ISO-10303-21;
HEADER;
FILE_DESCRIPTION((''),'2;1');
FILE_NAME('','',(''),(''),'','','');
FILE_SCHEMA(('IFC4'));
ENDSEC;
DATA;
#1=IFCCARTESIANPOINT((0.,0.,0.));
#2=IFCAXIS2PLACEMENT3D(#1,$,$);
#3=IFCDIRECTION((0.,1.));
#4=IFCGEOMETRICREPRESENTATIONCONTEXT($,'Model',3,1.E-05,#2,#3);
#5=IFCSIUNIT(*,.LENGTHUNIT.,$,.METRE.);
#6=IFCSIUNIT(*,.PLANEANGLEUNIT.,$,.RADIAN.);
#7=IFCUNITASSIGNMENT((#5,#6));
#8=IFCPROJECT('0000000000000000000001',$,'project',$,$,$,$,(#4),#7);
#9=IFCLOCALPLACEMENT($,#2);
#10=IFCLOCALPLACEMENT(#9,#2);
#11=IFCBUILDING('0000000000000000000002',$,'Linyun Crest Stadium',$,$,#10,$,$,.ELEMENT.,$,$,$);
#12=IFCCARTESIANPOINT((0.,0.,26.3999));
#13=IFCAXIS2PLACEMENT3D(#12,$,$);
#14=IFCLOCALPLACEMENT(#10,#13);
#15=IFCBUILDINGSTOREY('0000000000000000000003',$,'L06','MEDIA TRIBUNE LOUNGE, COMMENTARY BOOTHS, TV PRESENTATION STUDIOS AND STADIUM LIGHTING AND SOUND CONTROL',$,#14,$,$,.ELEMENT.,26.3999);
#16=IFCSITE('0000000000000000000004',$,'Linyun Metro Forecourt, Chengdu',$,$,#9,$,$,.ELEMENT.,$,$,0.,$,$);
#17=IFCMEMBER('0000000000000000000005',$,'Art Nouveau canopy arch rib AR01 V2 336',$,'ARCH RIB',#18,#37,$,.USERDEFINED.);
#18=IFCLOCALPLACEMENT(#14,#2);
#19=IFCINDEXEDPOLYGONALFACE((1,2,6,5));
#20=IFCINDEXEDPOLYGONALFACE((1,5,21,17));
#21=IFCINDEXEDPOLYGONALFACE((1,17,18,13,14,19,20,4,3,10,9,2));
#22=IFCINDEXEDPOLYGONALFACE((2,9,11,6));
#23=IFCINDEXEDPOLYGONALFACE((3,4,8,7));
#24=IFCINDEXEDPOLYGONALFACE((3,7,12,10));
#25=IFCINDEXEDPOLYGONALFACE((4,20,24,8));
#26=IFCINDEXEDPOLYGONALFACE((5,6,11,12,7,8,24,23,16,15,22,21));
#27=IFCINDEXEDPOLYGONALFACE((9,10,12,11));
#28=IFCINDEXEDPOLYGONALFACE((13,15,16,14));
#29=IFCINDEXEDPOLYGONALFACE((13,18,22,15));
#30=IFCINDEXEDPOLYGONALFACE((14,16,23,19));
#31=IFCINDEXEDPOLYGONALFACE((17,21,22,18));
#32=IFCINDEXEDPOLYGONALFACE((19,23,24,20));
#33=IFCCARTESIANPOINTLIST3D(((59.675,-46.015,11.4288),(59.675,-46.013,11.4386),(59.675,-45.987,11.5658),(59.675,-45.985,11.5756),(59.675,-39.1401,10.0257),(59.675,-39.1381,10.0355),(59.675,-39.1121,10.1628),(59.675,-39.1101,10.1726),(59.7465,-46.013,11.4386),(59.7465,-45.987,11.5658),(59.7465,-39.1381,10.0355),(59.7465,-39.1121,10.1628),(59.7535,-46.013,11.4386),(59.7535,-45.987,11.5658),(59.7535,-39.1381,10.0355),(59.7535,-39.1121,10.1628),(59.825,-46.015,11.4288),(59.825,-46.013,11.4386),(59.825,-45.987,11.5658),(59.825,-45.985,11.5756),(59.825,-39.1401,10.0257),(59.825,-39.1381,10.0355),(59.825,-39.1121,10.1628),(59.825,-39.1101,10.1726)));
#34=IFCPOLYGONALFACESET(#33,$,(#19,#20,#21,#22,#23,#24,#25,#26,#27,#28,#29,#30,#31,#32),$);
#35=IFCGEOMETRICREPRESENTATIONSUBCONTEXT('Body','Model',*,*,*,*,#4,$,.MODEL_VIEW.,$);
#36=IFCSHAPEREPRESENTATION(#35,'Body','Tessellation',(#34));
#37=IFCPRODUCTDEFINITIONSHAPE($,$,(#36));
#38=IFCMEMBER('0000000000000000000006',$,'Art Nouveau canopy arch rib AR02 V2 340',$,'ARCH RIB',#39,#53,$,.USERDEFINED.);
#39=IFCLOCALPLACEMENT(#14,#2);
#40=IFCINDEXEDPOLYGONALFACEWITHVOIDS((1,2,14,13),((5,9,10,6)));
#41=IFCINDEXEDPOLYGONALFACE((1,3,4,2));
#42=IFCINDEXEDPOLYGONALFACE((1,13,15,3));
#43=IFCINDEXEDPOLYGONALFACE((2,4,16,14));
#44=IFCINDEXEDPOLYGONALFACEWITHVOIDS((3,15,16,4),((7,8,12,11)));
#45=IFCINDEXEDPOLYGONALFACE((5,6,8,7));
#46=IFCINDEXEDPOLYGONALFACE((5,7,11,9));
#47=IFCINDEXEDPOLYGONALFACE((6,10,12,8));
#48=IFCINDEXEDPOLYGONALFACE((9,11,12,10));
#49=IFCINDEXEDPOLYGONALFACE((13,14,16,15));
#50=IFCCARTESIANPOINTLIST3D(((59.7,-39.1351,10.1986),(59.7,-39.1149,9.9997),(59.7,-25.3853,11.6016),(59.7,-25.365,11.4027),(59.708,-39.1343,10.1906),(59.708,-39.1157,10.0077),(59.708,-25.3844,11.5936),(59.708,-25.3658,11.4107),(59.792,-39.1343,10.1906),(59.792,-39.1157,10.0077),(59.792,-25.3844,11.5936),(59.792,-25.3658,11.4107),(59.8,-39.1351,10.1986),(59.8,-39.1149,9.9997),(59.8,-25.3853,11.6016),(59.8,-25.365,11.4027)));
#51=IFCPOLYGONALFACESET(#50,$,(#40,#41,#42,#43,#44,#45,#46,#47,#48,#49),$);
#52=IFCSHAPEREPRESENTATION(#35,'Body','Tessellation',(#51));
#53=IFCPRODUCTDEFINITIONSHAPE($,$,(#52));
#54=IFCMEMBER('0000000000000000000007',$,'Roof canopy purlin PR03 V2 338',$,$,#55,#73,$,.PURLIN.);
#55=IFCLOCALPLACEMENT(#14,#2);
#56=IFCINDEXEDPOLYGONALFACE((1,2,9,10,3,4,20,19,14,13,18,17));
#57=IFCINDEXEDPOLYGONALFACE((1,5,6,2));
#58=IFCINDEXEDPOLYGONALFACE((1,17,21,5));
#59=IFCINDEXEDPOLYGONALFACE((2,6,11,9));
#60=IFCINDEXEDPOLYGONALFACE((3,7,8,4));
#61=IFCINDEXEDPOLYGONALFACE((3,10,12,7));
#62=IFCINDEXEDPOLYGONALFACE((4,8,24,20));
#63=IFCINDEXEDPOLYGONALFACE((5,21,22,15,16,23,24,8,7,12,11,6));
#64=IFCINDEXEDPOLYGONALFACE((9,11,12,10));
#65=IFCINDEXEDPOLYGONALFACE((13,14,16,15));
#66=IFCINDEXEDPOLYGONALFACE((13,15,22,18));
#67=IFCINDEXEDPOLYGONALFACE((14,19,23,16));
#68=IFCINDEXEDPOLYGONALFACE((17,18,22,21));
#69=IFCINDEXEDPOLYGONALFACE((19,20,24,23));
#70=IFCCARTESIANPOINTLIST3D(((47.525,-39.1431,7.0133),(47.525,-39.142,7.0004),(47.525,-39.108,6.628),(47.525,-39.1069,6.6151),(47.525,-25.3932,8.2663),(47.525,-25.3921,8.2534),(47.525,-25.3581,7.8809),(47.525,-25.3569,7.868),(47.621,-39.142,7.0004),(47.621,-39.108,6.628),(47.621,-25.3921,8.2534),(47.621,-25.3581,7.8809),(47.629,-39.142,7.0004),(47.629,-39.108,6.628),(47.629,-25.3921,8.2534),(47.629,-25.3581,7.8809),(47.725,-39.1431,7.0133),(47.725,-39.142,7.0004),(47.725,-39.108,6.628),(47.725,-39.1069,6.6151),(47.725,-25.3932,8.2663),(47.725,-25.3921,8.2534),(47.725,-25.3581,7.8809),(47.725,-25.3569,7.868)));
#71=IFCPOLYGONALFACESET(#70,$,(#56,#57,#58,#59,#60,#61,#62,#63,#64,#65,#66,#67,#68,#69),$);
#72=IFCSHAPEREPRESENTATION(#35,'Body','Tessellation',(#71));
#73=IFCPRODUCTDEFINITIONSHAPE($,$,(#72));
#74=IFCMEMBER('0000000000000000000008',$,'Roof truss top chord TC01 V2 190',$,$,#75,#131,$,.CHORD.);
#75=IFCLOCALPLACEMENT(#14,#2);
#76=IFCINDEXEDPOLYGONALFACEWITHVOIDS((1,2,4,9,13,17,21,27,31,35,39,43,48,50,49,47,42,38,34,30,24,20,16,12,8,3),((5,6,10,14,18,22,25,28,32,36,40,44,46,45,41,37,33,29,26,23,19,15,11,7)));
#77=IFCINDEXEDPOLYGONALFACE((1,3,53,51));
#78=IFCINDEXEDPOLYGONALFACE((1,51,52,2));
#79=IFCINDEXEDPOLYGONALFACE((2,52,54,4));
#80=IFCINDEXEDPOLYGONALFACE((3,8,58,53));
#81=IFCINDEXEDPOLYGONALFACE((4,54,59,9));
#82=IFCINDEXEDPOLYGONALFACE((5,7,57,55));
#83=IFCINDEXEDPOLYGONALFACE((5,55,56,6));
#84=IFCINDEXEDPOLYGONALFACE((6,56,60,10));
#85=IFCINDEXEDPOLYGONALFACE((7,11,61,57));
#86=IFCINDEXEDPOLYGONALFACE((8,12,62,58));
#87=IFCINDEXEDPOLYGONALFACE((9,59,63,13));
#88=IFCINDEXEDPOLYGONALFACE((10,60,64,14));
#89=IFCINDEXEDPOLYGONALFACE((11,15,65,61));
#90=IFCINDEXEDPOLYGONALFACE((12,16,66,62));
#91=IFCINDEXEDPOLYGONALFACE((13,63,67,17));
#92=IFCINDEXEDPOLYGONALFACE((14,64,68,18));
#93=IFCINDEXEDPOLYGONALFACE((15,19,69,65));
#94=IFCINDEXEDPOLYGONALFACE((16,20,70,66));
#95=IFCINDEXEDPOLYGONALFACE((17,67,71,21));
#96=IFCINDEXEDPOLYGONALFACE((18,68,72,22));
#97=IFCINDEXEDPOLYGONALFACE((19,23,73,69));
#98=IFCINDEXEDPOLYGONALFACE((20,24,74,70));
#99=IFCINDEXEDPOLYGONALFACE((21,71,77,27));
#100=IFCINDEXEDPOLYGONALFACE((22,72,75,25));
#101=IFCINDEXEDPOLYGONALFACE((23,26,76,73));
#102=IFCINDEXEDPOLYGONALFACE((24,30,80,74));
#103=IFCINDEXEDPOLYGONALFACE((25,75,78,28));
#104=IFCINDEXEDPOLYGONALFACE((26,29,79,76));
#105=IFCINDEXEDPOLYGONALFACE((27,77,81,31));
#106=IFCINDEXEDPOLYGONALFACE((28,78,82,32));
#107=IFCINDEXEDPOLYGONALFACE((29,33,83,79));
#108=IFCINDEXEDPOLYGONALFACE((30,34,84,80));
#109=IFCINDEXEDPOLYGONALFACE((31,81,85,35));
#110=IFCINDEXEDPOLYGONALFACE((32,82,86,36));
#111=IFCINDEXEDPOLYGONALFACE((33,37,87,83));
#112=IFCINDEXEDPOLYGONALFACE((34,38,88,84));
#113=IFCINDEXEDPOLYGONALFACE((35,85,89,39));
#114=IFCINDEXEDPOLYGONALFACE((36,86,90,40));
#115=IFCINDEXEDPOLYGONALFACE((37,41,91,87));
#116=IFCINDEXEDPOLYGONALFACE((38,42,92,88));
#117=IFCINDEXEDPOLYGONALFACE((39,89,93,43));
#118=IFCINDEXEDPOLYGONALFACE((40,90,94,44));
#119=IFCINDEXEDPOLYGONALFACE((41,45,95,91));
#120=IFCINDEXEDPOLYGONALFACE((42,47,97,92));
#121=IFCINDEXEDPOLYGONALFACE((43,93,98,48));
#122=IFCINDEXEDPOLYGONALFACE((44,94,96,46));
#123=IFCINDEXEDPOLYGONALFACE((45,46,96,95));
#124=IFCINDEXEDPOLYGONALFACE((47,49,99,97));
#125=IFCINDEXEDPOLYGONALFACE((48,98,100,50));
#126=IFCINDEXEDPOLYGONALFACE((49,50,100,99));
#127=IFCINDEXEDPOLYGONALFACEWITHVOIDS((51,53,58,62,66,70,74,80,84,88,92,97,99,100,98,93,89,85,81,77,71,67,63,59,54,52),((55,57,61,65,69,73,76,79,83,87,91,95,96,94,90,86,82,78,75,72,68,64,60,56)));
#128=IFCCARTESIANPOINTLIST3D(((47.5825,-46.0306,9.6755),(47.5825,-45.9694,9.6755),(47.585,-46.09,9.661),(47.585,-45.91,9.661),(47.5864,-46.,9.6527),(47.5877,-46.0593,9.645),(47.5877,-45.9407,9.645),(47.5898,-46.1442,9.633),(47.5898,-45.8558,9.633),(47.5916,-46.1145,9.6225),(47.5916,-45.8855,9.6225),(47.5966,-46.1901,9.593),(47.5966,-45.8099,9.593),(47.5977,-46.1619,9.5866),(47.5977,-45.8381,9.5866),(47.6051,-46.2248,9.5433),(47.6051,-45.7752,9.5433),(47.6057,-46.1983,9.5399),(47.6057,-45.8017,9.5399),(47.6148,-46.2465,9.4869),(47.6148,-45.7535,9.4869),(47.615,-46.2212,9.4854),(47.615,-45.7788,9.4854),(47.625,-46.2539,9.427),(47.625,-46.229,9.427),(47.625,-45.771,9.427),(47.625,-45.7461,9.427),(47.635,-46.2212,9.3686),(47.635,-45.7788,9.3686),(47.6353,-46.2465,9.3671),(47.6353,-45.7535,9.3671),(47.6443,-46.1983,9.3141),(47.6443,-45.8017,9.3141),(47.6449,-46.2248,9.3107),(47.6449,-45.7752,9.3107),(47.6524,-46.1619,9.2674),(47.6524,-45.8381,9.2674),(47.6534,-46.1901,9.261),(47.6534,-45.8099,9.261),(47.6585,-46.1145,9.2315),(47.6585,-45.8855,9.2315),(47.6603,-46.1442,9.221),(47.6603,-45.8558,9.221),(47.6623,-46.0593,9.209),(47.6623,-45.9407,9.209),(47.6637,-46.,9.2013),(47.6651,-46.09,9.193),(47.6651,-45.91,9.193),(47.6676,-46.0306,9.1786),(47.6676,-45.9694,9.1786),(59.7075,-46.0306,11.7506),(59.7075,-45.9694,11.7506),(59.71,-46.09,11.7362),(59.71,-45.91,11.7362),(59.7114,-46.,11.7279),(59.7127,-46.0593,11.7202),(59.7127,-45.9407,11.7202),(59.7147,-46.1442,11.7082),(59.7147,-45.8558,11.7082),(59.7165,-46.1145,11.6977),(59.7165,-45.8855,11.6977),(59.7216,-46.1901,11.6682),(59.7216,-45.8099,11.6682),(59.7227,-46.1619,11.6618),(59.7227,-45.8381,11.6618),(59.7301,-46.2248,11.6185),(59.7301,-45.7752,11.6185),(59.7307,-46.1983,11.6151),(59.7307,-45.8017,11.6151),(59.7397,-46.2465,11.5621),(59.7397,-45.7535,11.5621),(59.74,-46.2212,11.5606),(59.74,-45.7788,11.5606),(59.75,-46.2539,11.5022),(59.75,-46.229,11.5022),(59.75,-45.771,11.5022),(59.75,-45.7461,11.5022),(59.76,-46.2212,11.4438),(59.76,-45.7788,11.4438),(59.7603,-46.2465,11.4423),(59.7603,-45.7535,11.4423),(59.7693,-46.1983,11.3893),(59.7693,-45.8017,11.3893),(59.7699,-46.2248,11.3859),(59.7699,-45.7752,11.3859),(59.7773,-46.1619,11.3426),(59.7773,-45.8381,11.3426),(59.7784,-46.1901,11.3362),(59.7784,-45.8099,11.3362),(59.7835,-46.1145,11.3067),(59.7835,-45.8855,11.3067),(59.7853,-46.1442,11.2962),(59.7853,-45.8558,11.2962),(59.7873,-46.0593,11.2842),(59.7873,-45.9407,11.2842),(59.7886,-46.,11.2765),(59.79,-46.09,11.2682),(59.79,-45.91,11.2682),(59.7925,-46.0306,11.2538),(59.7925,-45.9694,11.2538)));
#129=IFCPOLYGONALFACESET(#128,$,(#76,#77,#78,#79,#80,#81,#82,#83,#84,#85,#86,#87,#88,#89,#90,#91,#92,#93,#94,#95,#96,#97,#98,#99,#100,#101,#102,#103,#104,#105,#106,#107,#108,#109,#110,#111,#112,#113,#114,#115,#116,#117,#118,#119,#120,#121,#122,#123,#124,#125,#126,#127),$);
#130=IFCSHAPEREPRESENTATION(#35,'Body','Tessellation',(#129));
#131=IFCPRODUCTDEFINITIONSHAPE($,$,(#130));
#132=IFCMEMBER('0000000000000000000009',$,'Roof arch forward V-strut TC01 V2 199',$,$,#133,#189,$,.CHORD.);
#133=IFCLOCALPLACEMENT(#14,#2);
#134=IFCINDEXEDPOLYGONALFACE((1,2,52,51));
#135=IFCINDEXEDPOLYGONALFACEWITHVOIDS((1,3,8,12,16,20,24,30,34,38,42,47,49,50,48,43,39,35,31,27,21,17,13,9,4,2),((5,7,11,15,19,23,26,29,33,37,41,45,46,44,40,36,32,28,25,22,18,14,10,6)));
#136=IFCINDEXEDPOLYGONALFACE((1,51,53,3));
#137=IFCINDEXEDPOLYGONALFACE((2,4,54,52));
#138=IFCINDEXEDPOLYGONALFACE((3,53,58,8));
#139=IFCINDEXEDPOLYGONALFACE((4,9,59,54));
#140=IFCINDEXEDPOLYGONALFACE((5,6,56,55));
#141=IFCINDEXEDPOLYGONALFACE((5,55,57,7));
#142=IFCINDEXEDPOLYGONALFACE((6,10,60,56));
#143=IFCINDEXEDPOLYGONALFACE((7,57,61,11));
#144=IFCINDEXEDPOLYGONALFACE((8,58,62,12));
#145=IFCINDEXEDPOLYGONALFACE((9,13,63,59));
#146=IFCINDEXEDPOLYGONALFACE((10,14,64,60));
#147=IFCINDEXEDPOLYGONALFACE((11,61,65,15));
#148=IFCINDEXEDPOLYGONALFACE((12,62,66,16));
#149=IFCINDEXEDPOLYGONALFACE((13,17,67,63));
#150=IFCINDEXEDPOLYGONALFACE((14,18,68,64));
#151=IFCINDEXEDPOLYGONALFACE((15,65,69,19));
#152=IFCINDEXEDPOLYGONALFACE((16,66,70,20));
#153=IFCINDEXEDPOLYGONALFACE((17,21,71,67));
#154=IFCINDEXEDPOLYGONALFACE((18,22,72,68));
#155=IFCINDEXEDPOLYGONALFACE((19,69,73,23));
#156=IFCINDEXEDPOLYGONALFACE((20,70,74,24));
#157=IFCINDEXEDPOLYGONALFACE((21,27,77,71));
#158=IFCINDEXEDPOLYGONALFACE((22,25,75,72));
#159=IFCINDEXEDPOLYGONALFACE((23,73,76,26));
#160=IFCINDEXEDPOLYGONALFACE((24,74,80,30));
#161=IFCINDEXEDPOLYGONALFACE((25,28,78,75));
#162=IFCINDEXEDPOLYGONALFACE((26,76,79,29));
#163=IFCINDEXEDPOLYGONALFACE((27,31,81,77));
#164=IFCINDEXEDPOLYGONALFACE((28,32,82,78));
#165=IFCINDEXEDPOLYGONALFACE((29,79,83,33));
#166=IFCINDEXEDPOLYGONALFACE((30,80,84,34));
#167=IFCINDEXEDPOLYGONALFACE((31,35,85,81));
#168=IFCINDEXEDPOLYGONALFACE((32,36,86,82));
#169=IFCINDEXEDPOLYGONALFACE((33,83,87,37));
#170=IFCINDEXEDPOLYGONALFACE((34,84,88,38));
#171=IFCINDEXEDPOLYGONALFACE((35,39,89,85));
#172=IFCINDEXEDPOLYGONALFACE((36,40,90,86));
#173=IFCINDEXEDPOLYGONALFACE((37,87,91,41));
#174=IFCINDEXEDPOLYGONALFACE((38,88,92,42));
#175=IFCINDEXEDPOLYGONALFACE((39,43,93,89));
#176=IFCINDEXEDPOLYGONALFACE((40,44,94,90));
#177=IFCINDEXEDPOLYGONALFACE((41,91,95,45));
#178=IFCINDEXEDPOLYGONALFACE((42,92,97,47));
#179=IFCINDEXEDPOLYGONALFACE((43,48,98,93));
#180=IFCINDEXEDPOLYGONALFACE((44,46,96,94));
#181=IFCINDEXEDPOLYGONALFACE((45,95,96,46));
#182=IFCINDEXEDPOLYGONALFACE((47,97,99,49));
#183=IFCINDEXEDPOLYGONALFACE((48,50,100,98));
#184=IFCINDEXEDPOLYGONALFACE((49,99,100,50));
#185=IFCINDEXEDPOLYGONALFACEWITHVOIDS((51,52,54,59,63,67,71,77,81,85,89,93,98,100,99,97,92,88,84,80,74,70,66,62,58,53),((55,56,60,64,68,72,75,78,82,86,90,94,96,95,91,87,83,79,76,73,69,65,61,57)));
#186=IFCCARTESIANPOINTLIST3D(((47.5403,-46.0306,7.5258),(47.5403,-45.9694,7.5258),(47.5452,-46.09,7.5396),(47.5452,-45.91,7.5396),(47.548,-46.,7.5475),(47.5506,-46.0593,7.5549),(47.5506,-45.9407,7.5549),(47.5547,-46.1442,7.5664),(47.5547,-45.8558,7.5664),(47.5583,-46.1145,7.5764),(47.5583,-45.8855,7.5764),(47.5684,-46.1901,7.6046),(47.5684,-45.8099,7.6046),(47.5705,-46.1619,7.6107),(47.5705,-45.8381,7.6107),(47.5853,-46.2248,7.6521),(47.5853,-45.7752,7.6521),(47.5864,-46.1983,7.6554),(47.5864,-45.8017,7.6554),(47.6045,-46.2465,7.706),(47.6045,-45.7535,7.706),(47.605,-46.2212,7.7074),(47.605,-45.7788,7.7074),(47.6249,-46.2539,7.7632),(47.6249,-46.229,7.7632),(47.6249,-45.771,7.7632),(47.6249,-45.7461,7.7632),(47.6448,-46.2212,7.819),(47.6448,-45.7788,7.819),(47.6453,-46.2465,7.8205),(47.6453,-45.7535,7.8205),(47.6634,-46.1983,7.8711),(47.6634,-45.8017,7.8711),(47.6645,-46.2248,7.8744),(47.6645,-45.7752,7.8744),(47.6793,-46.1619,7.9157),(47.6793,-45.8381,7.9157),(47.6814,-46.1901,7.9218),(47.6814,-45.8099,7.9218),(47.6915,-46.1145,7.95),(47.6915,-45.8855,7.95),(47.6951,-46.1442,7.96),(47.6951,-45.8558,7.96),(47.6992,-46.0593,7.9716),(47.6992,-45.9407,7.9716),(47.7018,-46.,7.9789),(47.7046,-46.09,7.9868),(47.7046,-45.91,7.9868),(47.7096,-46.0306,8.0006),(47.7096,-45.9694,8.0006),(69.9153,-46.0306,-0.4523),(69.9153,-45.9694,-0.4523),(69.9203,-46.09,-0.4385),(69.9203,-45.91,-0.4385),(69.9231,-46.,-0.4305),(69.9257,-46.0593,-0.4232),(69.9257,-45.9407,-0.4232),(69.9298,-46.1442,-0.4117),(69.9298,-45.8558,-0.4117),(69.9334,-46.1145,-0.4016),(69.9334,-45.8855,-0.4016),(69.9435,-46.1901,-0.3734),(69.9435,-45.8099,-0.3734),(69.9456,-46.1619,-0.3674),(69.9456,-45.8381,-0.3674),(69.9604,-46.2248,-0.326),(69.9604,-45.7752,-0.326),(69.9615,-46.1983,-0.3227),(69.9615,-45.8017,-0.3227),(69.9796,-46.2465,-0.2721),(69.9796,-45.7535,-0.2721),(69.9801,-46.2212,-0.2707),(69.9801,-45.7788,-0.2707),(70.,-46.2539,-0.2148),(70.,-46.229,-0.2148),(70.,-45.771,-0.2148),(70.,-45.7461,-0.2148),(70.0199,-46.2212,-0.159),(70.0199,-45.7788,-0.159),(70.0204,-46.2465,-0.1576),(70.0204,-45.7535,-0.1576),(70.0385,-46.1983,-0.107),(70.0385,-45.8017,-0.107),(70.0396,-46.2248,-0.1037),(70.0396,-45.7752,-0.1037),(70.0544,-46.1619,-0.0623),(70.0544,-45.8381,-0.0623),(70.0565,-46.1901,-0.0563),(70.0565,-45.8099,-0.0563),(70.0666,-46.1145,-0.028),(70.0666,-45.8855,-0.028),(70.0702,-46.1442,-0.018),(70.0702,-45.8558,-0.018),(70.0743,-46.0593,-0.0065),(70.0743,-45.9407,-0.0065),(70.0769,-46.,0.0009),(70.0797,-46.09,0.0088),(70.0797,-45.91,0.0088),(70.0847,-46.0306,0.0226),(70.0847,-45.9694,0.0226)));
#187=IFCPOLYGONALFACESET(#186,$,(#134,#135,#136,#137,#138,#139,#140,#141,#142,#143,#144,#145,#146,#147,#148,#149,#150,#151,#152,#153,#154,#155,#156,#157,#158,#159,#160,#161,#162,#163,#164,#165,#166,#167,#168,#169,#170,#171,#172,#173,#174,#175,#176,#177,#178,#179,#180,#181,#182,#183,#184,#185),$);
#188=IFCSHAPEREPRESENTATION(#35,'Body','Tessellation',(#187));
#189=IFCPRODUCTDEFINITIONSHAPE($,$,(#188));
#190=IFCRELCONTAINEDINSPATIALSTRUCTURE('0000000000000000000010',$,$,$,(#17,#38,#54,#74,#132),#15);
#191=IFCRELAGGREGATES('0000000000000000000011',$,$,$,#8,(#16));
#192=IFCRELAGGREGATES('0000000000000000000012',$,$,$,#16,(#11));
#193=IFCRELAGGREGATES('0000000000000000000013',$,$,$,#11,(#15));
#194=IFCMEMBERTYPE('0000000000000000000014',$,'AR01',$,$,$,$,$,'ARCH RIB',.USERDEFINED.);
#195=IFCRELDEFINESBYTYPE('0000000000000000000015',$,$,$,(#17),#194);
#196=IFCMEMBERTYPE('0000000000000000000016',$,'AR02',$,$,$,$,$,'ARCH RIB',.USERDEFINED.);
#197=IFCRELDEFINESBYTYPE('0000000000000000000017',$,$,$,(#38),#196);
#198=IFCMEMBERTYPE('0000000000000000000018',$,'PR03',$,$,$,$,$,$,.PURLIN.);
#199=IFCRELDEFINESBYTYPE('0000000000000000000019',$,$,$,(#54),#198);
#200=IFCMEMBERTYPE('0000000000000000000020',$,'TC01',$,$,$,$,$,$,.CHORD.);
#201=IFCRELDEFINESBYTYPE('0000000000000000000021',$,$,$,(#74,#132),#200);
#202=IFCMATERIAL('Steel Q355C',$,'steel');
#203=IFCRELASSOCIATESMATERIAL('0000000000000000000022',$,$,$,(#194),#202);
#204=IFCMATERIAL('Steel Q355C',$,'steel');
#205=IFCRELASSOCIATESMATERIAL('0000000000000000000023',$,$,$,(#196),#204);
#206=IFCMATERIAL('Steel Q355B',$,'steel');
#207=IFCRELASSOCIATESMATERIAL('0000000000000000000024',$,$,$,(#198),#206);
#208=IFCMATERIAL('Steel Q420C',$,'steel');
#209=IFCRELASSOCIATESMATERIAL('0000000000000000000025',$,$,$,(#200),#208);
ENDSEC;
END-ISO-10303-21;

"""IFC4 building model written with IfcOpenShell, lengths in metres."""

from ifc_helpers import new_model, si_unit, direction, frame, origin, origin_2d, place, context, subcontext, project, spatial, hollow_rectangle, hollow_circle, i_section, extrude, material, material_profile, profile_set, type_object, element, save


model = new_model("IFC4")

# Units and contexts
model_context = context("Model", 3, precision=1e-05, world=origin(), true_north=direction((0.0, 1.0)))
body_context = subcontext(model_context, "Body", "Model", "MODEL_VIEW")
ifc_project = project(units=[si_unit("LENGTHUNIT", "METRE"), si_unit("PLANEANGLEUNIT", "RADIAN")], contexts=[model_context])

# Site, building, storey
site_placement = place(None, origin())
site = spatial("IfcSite", under=ifc_project, at=site_placement, Name="Linyun Metro Forecourt, Chengdu", CompositionType="ELEMENT", RefElevation=0.0)
building_placement = place(site_placement, origin())
building = spatial("IfcBuilding", under=site, at=building_placement, Name="Linyun Crest Stadium", CompositionType="ELEMENT")
storey_placement = place(building_placement, frame((0.0, 0.0, 26.3999)))
storey = spatial("IfcBuildingStorey", under=building, at=storey_placement, Name="L06", Description="MEDIA TRIBUNE LOUNGE, COMMENTARY BOOTHS, TV PRESENTATION STUDIOS AND STADIUM LIGHTING AND SOUND CONTROL", CompositionType="ELEMENT", Elevation=26.3999)

# Members
ifc_material_1 = material(Name="Steel Q355C", Category="steel")
ifc_material_profile_1 = material_profile(ifc_material_1, i_section(OverallWidth=0.1499, OverallDepth=0.1499, WebThickness=0.0071, FlangeThickness=0.01, at=origin_2d()), Name="HW 150x150")
ifc_profile_set_1 = profile_set([ifc_material_profile_1], Name="Steel Q355C")
member_type_1 = type_object("IfcMemberType", Name="AR01", ElementType="ARCH RIB", PredefinedType="USERDEFINED", material=ifc_profile_set_1)
member_1_placement = place(storey_placement, frame((59.75, -46.0, 11.5022), z_axis=(0.0, 0.979804, -0.199962), x_axis=(-1.0, 0.0, 0.0)))
element("IfcMember", 1, at=member_1_placement, inside=storey, type_object=member_type_1, Name="Art Nouveau canopy arch rib AR01 V2 336", ObjectType="ARCH RIB", PredefinedType="USERDEFINED", context=body_context, shape_type="SweptSolid", body=[
    extrude(i_section(OverallWidth=0.1499, OverallDepth=0.1499, WebThickness=0.0071, FlangeThickness=0.01, at=origin_2d()), origin(), (0.0, 0.0, 1.0), 7.0166),
])
ifc_material_2 = material(Name="Steel Q355C", Category="steel")
ifc_material_profile_2 = material_profile(ifc_material_2, hollow_rectangle(XDim=0.1001, YDim=0.2, WallThickness=0.0081, at=origin_2d()), Name="RHS 200x100x8")
ifc_profile_set_2 = profile_set([ifc_material_profile_2], Name="Steel Q355C")
member_type_2 = type_object("IfcMemberType", Name="AR02", ElementType="ARCH RIB", PredefinedType="USERDEFINED", material=ifc_profile_set_2)
member_2_placement = place(storey_placement, frame((59.75, -39.125, 10.0991), z_axis=(0.0, 0.994834, 0.101515), x_axis=(-1.0, 0.0, 0.0)))
element("IfcMember", 2, at=member_2_placement, inside=storey, type_object=member_type_2, Name="Art Nouveau canopy arch rib AR02 V2 340", ObjectType="ARCH RIB", PredefinedType="USERDEFINED", context=body_context, shape_type="SweptSolid", body=[
    extrude(hollow_rectangle(XDim=0.1001, YDim=0.2, WallThickness=0.0081, at=origin_2d()), origin(), (0.0, 0.0, 1.0), 13.8213),
])
ifc_material_3 = material(Name="Steel Q355B", Category="steel")
ifc_material_profile_3 = material_profile(ifc_material_3, i_section(OverallWidth=0.2, OverallDepth=0.3999, WebThickness=0.0081, FlangeThickness=0.0129, at=origin_2d()), Name="HN 400x200")
ifc_profile_set_3 = profile_set([ifc_material_profile_3], Name="Steel Q355B")
member_type_3 = type_object("IfcMemberType", Name="PR03", PredefinedType="PURLIN", material=ifc_profile_set_3)
member_3_placement = place(storey_placement, frame((47.625, -39.125, 6.8142), z_axis=(0.0, 0.995874, 0.090746), x_axis=(-1.0, 0.0, 0.0)))
element("IfcMember", 3, at=member_3_placement, inside=storey, type_object=member_type_3, Name="Roof canopy purlin PR03 V2 338", PredefinedType="PURLIN", context=body_context, shape_type="SweptSolid", body=[
    extrude(i_section(OverallWidth=0.2, OverallDepth=0.3999, WebThickness=0.0081, FlangeThickness=0.0129, at=origin_2d()), origin(), (0.0, 0.0, 1.0), 13.8069),
])
ifc_material_4 = material(Name="Steel Q420C", Category="steel")
ifc_material_profile_4 = material_profile(ifc_material_4, hollow_circle(Radius=0.2539, WallThickness=0.0249, at=origin_2d()), Name="CHS 508x25")
ifc_profile_set_4 = profile_set([ifc_material_profile_4], Name="Steel Q420C")
member_type_4 = type_object("IfcMemberType", Name="TC01", PredefinedType="CHORD", material=ifc_profile_set_4)
member_4_placement = place(storey_placement, frame((59.75, -46.0, 11.5022), z_axis=(-0.985668, 0.0, -0.168697), x_axis=(0.0, -1.0, 0.0)))
element("IfcMember", 4, at=member_4_placement, inside=storey, type_object=member_type_4, Name="Roof truss top chord TC01 V2 190", PredefinedType="CHORD", context=body_context, shape_type="SweptSolid", body=[
    extrude(hollow_circle(Radius=0.2539, WallThickness=0.0249, at=origin_2d()), origin(), (0.0, 0.0, 1.0), 12.3013),
])
member_5_placement = place(storey_placement, frame((70.0, -46.0, -0.2148), z_axis=(-0.941916, 0.0, 0.335849), x_axis=(0.0, -1.0, 0.0)))
element("IfcMember", 5, at=member_5_placement, inside=storey, type_object=member_type_4, Name="Roof arch forward V-strut TC01 V2 199", PredefinedType="CHORD", context=body_context, shape_type="SweptSolid", body=[
    extrude(hollow_circle(Radius=0.2539, WallThickness=0.0249, at=origin_2d()), origin(), (0.0, 0.0, 1.0), 23.7549),
])

save(model, "model.ifc")
